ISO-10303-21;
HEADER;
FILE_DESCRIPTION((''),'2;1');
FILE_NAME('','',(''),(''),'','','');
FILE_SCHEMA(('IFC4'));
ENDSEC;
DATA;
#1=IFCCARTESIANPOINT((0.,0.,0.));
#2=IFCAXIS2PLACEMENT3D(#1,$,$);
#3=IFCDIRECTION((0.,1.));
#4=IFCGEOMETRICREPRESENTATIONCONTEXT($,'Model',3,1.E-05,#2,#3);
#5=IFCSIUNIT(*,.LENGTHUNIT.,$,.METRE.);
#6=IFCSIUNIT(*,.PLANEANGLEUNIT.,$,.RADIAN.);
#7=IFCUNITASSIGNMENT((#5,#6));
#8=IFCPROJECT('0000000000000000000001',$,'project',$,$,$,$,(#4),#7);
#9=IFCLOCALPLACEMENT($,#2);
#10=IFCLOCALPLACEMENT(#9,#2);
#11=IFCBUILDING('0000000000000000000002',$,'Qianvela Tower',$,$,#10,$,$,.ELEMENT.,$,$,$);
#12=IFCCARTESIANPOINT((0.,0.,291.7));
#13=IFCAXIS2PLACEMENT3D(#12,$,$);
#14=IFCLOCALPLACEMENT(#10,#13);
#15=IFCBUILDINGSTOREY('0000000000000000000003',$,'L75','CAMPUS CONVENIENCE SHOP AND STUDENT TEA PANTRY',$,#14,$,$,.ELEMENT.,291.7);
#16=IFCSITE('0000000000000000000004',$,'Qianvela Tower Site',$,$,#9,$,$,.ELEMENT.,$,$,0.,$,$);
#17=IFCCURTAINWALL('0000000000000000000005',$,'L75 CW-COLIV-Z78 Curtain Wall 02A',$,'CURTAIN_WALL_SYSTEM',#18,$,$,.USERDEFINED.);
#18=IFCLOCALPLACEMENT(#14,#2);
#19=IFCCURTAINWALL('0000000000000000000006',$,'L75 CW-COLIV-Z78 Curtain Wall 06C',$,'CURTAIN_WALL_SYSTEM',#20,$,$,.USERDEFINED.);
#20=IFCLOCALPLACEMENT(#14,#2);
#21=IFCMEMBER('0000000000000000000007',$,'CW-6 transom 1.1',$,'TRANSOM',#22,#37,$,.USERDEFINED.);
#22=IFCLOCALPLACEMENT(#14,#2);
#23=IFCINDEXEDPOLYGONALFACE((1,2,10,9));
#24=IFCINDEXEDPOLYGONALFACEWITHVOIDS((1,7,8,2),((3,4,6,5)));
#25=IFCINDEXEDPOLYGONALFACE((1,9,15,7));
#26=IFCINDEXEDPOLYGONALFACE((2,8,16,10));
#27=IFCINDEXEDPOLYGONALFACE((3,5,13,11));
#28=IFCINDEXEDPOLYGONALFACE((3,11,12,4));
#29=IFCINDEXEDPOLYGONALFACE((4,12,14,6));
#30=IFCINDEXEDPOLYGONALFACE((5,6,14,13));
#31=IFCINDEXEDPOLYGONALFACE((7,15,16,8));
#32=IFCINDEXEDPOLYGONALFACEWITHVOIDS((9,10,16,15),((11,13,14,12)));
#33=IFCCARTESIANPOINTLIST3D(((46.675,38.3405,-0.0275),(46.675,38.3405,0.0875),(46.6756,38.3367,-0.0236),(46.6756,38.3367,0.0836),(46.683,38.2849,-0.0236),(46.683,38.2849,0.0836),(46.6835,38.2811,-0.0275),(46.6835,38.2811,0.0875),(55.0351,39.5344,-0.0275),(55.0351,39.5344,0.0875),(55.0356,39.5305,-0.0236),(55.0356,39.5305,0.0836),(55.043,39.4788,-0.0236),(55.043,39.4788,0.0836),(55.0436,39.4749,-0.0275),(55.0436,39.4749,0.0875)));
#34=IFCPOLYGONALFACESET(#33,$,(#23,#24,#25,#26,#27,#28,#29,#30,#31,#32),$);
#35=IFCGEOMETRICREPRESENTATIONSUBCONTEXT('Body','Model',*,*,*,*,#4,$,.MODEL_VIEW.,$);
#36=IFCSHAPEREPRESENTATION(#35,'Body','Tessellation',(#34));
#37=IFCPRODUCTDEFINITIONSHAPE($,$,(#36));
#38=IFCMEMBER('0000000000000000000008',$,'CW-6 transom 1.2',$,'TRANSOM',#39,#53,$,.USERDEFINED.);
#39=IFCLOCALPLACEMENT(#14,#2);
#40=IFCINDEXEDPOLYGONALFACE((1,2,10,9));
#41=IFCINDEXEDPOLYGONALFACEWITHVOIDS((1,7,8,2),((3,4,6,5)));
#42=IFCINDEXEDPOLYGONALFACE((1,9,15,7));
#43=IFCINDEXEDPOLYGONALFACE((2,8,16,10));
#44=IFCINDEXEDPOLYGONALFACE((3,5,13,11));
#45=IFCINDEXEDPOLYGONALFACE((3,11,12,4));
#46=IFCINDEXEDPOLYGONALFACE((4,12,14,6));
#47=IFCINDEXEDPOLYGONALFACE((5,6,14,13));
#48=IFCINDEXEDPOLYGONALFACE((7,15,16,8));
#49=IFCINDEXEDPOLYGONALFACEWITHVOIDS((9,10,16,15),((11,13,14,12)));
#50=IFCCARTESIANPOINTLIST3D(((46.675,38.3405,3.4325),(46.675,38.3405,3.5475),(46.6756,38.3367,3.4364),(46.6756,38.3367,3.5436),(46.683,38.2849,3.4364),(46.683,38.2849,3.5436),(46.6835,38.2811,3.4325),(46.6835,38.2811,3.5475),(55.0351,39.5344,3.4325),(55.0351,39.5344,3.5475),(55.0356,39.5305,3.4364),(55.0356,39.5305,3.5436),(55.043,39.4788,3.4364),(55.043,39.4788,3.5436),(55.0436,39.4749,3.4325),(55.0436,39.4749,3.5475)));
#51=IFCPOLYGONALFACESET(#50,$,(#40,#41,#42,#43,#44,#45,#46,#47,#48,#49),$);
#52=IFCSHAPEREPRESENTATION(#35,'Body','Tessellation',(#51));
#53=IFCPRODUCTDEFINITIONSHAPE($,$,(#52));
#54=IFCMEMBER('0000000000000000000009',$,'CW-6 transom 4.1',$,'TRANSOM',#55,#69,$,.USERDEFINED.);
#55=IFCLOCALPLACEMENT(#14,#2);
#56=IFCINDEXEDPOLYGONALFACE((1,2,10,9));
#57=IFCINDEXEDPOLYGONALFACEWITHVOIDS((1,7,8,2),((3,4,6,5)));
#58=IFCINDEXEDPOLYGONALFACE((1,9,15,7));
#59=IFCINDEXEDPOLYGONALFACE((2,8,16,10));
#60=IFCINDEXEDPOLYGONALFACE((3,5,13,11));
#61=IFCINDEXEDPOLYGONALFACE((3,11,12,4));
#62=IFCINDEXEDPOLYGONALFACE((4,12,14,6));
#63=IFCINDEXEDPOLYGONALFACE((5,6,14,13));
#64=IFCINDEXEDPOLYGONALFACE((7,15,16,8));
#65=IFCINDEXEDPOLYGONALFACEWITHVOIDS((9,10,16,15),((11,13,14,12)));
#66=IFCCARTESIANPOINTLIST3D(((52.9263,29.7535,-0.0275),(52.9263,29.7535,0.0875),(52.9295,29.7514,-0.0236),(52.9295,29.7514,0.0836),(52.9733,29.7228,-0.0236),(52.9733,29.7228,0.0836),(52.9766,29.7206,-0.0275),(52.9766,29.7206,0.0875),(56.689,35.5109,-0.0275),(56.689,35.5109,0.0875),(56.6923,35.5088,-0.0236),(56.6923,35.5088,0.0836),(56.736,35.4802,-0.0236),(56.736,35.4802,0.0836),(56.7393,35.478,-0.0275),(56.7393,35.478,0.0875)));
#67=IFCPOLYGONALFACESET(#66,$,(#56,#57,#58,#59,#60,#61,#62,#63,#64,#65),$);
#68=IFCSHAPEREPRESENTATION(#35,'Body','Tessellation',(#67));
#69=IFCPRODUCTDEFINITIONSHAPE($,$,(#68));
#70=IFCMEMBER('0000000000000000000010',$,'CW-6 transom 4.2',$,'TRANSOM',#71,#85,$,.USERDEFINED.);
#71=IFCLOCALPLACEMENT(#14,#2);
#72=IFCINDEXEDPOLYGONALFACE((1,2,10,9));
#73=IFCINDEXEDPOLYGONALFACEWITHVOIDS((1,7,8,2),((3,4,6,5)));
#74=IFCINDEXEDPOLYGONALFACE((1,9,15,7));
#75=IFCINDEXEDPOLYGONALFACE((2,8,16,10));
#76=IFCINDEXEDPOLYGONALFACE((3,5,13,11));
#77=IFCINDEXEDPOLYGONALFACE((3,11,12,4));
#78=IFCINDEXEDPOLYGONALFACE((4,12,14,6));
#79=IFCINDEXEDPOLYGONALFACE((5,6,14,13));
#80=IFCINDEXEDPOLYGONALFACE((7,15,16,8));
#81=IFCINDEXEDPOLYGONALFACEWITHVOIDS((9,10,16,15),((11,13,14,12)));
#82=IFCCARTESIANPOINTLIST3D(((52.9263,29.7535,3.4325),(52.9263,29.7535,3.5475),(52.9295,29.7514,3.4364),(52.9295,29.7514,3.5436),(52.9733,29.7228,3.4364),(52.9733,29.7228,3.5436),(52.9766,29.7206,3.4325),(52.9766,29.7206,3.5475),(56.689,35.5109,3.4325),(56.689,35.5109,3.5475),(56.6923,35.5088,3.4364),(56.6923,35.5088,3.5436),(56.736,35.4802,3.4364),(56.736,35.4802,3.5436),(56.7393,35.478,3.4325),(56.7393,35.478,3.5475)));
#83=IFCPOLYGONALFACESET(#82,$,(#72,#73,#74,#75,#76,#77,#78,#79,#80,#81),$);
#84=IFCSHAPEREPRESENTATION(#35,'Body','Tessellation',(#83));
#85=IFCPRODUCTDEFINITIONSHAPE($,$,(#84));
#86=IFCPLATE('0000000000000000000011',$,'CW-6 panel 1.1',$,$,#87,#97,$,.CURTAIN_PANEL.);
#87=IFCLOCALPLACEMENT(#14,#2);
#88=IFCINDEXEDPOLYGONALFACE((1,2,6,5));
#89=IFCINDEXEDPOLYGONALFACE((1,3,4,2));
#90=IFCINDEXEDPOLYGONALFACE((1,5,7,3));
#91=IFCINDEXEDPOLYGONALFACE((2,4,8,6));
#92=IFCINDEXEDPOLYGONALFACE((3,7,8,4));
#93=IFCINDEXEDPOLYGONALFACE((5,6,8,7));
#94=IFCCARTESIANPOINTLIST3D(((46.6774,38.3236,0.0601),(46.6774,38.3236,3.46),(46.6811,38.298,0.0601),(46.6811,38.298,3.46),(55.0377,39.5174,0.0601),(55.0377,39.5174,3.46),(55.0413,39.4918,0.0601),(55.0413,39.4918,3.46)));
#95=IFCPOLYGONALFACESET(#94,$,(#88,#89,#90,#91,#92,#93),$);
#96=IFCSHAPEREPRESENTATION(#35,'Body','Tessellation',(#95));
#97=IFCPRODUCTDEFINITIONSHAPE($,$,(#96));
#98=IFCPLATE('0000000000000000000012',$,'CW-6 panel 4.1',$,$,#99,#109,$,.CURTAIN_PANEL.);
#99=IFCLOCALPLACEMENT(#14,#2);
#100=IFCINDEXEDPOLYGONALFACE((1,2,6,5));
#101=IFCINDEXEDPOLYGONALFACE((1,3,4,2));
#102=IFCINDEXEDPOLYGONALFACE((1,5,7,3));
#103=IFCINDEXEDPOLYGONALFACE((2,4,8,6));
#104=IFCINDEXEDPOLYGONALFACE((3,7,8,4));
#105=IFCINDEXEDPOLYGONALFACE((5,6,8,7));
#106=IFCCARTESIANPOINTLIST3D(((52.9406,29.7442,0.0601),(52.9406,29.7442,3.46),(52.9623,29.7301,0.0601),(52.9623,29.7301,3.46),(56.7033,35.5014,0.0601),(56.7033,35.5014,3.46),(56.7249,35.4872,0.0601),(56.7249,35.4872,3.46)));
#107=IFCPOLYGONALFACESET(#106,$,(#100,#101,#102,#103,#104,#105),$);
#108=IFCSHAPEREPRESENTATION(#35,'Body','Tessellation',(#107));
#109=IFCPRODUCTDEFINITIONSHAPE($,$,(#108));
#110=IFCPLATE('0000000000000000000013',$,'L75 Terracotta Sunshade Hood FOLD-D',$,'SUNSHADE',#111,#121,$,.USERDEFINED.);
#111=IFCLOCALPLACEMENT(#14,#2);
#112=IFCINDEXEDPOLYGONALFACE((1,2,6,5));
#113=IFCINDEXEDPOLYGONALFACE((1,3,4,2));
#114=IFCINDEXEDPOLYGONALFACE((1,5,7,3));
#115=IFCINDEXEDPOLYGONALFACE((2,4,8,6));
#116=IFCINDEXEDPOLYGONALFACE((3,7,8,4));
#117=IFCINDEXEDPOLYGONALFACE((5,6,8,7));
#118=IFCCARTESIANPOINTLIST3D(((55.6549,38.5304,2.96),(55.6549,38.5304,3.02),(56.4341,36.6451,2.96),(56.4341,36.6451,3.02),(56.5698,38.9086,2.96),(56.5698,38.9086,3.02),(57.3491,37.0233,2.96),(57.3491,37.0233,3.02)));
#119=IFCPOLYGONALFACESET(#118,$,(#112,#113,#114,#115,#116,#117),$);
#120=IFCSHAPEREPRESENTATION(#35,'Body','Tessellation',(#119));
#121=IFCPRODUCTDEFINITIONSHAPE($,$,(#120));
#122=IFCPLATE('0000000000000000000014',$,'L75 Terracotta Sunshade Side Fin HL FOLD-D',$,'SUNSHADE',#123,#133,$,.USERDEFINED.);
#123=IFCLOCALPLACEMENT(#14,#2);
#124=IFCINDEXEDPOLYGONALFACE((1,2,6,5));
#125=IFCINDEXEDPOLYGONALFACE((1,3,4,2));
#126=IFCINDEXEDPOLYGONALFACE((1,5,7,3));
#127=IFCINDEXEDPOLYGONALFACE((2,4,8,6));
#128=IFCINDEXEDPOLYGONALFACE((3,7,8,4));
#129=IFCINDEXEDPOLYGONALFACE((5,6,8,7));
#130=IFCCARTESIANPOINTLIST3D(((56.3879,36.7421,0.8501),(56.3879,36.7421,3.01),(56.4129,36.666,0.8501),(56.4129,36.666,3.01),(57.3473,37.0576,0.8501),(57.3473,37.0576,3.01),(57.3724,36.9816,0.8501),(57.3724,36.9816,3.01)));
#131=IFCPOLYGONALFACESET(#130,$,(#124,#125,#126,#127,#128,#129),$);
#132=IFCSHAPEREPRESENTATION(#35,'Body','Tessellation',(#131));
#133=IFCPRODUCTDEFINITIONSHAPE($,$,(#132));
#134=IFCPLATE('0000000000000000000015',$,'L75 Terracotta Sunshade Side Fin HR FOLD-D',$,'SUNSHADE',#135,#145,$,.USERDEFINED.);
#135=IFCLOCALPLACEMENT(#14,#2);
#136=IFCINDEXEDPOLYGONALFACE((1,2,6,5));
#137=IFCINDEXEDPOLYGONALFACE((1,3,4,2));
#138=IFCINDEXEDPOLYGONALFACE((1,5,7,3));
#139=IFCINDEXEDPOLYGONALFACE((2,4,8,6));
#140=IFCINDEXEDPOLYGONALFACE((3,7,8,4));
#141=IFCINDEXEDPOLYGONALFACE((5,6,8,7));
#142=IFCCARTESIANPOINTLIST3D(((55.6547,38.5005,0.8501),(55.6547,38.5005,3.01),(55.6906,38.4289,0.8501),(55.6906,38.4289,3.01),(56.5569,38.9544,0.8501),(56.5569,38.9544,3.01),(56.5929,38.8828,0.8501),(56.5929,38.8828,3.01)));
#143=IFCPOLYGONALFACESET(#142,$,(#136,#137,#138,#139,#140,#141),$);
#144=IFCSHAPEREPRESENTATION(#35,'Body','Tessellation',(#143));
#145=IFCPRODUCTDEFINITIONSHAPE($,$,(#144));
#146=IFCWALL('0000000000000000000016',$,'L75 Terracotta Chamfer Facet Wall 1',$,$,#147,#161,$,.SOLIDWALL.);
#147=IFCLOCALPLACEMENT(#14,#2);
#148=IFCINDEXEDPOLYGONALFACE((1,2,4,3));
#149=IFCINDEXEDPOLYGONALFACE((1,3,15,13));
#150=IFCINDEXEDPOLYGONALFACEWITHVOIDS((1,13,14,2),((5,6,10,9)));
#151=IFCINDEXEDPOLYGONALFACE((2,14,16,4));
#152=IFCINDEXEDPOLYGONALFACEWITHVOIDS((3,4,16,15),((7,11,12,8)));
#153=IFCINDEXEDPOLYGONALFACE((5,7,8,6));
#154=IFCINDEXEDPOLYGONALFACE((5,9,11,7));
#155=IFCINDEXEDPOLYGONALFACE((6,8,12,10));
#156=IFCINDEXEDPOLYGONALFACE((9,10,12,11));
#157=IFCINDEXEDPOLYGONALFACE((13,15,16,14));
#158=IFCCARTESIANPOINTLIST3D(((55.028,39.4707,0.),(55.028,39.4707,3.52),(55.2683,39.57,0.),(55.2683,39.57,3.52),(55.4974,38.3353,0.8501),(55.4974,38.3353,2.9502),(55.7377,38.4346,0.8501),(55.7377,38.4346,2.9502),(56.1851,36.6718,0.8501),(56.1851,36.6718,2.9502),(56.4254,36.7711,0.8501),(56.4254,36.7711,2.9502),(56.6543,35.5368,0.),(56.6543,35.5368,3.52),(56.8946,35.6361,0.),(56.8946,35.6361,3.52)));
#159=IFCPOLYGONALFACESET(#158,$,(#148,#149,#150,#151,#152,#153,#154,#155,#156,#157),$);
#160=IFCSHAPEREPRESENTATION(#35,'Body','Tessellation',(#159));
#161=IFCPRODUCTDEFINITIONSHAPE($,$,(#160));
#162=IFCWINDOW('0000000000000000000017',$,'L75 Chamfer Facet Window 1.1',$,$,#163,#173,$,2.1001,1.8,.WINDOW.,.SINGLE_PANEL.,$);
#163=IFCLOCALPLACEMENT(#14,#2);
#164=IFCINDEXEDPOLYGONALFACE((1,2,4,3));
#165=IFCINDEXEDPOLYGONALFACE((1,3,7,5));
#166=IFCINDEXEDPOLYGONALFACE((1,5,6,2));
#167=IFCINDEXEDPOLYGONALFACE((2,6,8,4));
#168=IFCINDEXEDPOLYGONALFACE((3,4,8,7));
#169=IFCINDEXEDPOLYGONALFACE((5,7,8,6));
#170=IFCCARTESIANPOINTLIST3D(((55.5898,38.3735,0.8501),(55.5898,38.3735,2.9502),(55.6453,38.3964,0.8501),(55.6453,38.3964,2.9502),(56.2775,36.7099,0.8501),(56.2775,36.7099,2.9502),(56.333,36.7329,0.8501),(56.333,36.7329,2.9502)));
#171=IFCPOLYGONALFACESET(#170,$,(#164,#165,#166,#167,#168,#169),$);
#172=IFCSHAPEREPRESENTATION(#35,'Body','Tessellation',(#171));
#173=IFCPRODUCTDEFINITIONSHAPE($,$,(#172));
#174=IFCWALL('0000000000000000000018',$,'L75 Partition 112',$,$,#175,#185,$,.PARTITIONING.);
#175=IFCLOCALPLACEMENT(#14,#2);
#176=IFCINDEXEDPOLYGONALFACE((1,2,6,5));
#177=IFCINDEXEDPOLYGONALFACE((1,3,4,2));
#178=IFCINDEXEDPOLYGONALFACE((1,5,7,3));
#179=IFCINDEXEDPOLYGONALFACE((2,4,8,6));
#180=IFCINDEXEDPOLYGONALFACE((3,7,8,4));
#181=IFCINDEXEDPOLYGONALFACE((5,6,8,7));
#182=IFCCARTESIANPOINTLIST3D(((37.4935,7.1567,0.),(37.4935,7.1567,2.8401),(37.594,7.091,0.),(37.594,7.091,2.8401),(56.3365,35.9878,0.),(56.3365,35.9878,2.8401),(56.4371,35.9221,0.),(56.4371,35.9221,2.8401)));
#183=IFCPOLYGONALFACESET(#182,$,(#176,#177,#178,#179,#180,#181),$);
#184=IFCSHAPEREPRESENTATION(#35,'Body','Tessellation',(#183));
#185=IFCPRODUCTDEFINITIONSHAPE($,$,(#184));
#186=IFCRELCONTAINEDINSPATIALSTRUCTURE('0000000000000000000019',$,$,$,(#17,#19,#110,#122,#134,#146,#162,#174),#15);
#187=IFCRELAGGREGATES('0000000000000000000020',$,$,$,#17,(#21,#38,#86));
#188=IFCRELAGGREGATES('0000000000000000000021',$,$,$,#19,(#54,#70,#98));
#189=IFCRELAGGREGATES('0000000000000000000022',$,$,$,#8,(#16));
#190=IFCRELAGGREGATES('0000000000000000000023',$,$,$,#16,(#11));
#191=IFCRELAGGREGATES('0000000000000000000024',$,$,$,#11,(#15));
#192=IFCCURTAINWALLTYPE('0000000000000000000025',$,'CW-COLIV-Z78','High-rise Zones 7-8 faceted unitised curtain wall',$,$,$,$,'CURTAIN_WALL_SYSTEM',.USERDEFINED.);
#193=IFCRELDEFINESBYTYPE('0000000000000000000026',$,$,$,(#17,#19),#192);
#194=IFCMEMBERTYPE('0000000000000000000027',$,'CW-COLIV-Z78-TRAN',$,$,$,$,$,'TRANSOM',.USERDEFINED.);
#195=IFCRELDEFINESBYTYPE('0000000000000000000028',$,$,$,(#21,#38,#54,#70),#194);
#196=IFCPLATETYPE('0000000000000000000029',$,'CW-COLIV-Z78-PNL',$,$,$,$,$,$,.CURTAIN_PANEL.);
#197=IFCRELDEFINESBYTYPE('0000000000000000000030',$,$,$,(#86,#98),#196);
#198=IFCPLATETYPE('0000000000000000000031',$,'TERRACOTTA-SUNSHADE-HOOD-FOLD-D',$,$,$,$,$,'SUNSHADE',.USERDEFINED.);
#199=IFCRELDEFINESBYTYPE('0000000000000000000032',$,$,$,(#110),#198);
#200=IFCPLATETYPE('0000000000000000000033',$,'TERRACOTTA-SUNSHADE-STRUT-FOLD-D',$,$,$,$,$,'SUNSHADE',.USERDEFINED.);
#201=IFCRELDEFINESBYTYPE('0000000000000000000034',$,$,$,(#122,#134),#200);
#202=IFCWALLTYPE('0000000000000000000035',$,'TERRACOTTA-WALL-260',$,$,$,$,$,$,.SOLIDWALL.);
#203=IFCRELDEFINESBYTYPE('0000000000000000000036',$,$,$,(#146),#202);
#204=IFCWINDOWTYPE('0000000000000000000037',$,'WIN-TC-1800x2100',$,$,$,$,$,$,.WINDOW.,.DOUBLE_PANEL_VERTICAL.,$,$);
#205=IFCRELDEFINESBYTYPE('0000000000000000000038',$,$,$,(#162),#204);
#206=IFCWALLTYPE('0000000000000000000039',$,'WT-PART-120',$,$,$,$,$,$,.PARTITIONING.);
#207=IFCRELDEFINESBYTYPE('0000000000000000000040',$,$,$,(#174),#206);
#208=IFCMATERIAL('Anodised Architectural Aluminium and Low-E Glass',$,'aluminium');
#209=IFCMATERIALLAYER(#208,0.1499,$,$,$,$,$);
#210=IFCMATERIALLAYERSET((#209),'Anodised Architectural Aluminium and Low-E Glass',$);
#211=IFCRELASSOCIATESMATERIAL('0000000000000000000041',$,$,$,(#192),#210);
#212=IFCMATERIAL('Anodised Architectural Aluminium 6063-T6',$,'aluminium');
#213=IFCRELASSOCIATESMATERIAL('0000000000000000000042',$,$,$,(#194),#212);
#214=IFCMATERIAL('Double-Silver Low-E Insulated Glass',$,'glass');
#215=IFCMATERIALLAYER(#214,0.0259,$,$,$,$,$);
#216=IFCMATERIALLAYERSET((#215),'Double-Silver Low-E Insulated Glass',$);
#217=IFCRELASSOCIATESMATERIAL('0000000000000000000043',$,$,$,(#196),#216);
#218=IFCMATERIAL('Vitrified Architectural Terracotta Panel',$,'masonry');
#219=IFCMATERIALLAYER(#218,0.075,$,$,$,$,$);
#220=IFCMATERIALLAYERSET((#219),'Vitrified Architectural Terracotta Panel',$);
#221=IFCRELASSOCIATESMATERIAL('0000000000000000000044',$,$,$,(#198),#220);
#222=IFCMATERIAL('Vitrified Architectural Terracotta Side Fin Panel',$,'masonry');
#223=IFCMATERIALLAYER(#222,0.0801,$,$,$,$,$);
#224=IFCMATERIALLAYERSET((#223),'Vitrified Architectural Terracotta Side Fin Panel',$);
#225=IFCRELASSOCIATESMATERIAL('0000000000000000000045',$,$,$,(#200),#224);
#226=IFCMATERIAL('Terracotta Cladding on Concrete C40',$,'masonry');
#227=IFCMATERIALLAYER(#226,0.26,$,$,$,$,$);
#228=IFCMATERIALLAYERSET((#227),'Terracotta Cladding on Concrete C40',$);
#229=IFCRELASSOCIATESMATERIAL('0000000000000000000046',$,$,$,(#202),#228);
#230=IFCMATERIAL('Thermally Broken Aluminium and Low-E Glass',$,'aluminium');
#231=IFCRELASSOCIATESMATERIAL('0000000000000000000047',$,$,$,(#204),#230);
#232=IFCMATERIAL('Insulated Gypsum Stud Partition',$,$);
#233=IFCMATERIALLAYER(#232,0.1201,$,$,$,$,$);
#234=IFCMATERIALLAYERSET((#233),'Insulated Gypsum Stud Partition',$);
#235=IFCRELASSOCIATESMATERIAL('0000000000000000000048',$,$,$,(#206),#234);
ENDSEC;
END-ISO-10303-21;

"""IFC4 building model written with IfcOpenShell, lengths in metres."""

from ifc_helpers import new_model, si_unit, direction, frame, frame_2d, origin, origin_2d, place, context, subcontext, project, spatial, rectangle, hollow_rectangle, extrude, material, layer, layer_set, material_profile, profile_set, type_object, element, fill, aggregate, save


model = new_model("IFC4")

# Units and contexts
model_context = context("Model", 3, precision=1e-05, world=origin(), true_north=direction((0.0, 1.0)))
body_context = subcontext(model_context, "Body", "Model", "MODEL_VIEW")
ifc_project = project(units=[si_unit("LENGTHUNIT", "METRE"), si_unit("PLANEANGLEUNIT", "RADIAN")], contexts=[model_context])

# Site, building, storey
site_placement = place(None, origin())
site = spatial("IfcSite", under=ifc_project, at=site_placement, Name="Qianvela Tower Site", CompositionType="ELEMENT", RefElevation=0.0)
building_placement = place(site_placement, origin())
building = spatial("IfcBuilding", under=site, at=building_placement, Name="Qianvela Tower", CompositionType="ELEMENT")
storey_placement = place(building_placement, frame((0.0, 0.0, 291.7)))
storey = spatial("IfcBuildingStorey", under=building, at=storey_placement, Name="L75", Description="CAMPUS CONVENIENCE SHOP AND STUDENT TEA PANTRY", CompositionType="ELEMENT", Elevation=291.7)

# Curtain walls
ifc_material_1 = material(Name="Anodised Architectural Aluminium and Low-E Glass", Category="aluminium")
ifc_layer_1 = layer(ifc_material_1, 0.1499)
ifc_layer_set_1 = layer_set([ifc_layer_1], Name="Anodised Architectural Aluminium and Low-E Glass")
curtain_wall_type = type_object("IfcCurtainWallType", Name="CW-COLIV-Z78", Description="High-rise Zones 7-8 faceted unitised curtain wall", ElementType="CURTAIN_WALL_SYSTEM", PredefinedType="USERDEFINED", material=ifc_layer_set_1)
curtain_wall_1_placement = place(storey_placement, origin())
curtain_wall_1 = element("IfcCurtainWall", 1, at=curtain_wall_1_placement, inside=storey, type_object=curtain_wall_type, Name="L75 CW-COLIV-Z78 Curtain Wall 02A", ObjectType="CURTAIN_WALL_SYSTEM", PredefinedType="USERDEFINED")
curtain_wall_2_placement = place(storey_placement, origin())
curtain_wall_2 = element("IfcCurtainWall", 2, at=curtain_wall_2_placement, inside=storey, type_object=curtain_wall_type, Name="L75 CW-COLIV-Z78 Curtain Wall 06C", ObjectType="CURTAIN_WALL_SYSTEM", PredefinedType="USERDEFINED")

# Members
ifc_material_2 = material(Name="Anodised Architectural Aluminium 6063-T6", Category="aluminium")
ifc_material_profile_1 = material_profile(ifc_material_2, hollow_rectangle(XDim=0.0601, YDim=0.115, WallThickness=0.0039, at=origin_2d()), Name="ALU-TRAN-60x115")
ifc_profile_set_1 = profile_set([ifc_material_profile_1], Name="Anodised Architectural Aluminium 6063-T6")
member_type_1 = type_object("IfcMemberType", Name="CW-COLIV-Z78-TRAN", ElementType="TRANSOM", PredefinedType="USERDEFINED", material=ifc_profile_set_1)
member_1_placement = place(storey_placement, frame((55.0393, 39.5046, 0.03), z_axis=(-0.989957, -0.141369, 0.0), x_axis=(0.141369, -0.989957, 0.0)))
member_1 = element("IfcMember", 3, at=member_1_placement, type_object=member_type_1, Name="CW-6 transom 1.1", ObjectType="TRANSOM", PredefinedType="USERDEFINED", context=body_context, shape_type="SweptSolid", body=[
    extrude(hollow_rectangle(XDim=0.0601, YDim=0.115, WallThickness=0.0039, at=origin_2d()), origin(), (0.0, 0.0, 1.0), 8.4448),
])
member_2_placement = place(storey_placement, frame((55.0393, 39.5046, 3.49), z_axis=(-0.989957, -0.141369, 0.0), x_axis=(0.141369, -0.989957, 0.0)))
member_2 = element("IfcMember", 4, at=member_2_placement, type_object=member_type_1, Name="CW-6 transom 1.2", ObjectType="TRANSOM", PredefinedType="USERDEFINED", context=body_context, shape_type="SweptSolid", body=[
    extrude(hollow_rectangle(XDim=0.0601, YDim=0.115, WallThickness=0.0039, at=origin_2d()), origin(), (0.0, 0.0, 1.0), 8.4448),
])
member_3_placement = place(storey_placement, frame((52.9514, 29.7371, 0.03), z_axis=(0.547075, 0.837083, 0.0), x_axis=(-0.837083, 0.547075, 0.0)))
member_3 = element("IfcMember", 5, at=member_3_placement, type_object=member_type_1, Name="CW-6 transom 4.1", ObjectType="TRANSOM", PredefinedType="USERDEFINED", context=body_context, shape_type="SweptSolid", body=[
    extrude(hollow_rectangle(XDim=0.0601, YDim=0.115, WallThickness=0.0039, at=origin_2d()), origin(), (0.0, 0.0, 1.0), 6.8779),
])
member_4_placement = place(storey_placement, frame((52.9514, 29.7371, 3.49), z_axis=(0.547075, 0.837083, 0.0), x_axis=(-0.837083, 0.547075, 0.0)))
member_4 = element("IfcMember", 6, at=member_4_placement, type_object=member_type_1, Name="CW-6 transom 4.2", ObjectType="TRANSOM", PredefinedType="USERDEFINED", context=body_context, shape_type="SweptSolid", body=[
    extrude(hollow_rectangle(XDim=0.0601, YDim=0.115, WallThickness=0.0039, at=origin_2d()), origin(), (0.0, 0.0, 1.0), 6.8779),
])

# Plates
ifc_material_3 = material(Name="Double-Silver Low-E Insulated Glass", Category="glass")
ifc_layer_2 = layer(ifc_material_3, 0.0259)
ifc_layer_set_2 = layer_set([ifc_layer_2], Name="Double-Silver Low-E Insulated Glass")
plate_type_1 = type_object("IfcPlateType", Name="CW-COLIV-Z78-PNL", PredefinedType="CURTAIN_PANEL", material=ifc_layer_set_2)
plate_1_placement = place(storey_placement, frame((50.8594, 38.9077, 0.0601), z_axis=(0.0, 0.0, 1.0), x_axis=(-0.989958, -0.141365, 0.0)))
plate_1 = element("IfcPlate", 7, at=plate_1_placement, type_object=plate_type_1, Name="CW-6 panel 1.1", PredefinedType="CURTAIN_PANEL", context=body_context, shape_type="SweptSolid", body=[
    extrude(rectangle(XDim=8.4451, YDim=0.0259, at=origin_2d()), origin(), (0.0, 0.0, 1.0), 3.3999),
])
aggregate(curtain_wall_1, [member_1, member_2, plate_1])
plate_2_placement = place(storey_placement, frame((54.8328, 32.6157, 0.0601), z_axis=(0.0, 0.0, 1.0), x_axis=(0.547084, 0.837078, 0.0)))
plate_2 = element("IfcPlate", 8, at=plate_2_placement, type_object=plate_type_1, Name="CW-6 panel 4.1", PredefinedType="CURTAIN_PANEL", context=body_context, shape_type="SweptSolid", body=[
    extrude(rectangle(XDim=6.8777, YDim=0.0259, at=origin_2d()), origin(), (0.0, 0.0, 1.0), 3.3999),
])
aggregate(curtain_wall_2, [member_3, member_4, plate_2])

# Plates
ifc_material_4 = material(Name="Vitrified Architectural Terracotta Panel", Category="masonry")
ifc_layer_3 = layer(ifc_material_4, 0.075)
ifc_layer_set_3 = layer_set([ifc_layer_3], Name="Vitrified Architectural Terracotta Panel")
plate_type_2 = type_object("IfcPlateType", Name="TERRACOTTA-SUNSHADE-HOOD-FOLD-D", ElementType="SUNSHADE", PredefinedType="USERDEFINED", material=ifc_layer_set_3)
plate_3_placement = place(storey_placement, frame((56.502, 37.7769, 2.96), z_axis=(0.0, 0.0, 1.0), x_axis=(-0.381995, 0.924164, 0.0)))
element("IfcPlate", 9, at=plate_3_placement, inside=storey, type_object=plate_type_2, Name="L75 Terracotta Sunshade Hood FOLD-D", ObjectType="SUNSHADE", PredefinedType="USERDEFINED", context=body_context, shape_type="SweptSolid", body=[
    extrude(rectangle(XDim=2.04, YDim=0.99, at=origin_2d()), origin(), (0.0, 0.0, 1.0), 0.0601),
])
ifc_material_5 = material(Name="Vitrified Architectural Terracotta Side Fin Panel", Category="masonry")
ifc_layer_4 = layer(ifc_material_5, 0.0801)
ifc_layer_set_4 = layer_set([ifc_layer_4], Name="Vitrified Architectural Terracotta Side Fin Panel")
plate_type_3 = type_object("IfcPlateType", Name="TERRACOTTA-SUNSHADE-STRUT-FOLD-D", ElementType="SUNSHADE", PredefinedType="USERDEFINED", material=ifc_layer_set_4)
for number, where, z_axis, x_axis, name in (
    (10, (56.8801, 36.8618, 0.8501), (0.0, 0.0, 1.0), (-0.312456, 0.949932, 0.0), "L75 Terracotta Sunshade Side Fin HL FOLD-D"),
    (11, (56.1238, 38.6917, 0.8501), (0.0, 0.0, 1.0), (-0.449433, 0.893314, 0.0), "L75 Terracotta Sunshade Side Fin HR FOLD-D"),
):
    element("IfcPlate", number, at=place(storey_placement, frame(where, z_axis=z_axis, x_axis=x_axis)), inside=storey, type_object=plate_type_3, Name=name, ObjectType="SUNSHADE", PredefinedType="USERDEFINED", context=body_context, shape_type="SweptSolid", body=[
        extrude(rectangle(XDim=0.0801, YDim=1.01, at=origin_2d()), origin(), (0.0, 0.0, 1.0), 2.1599),
    ])

# Wall, opening, window
ifc_material_6 = material(Name="Terracotta Cladding on Concrete C40", Category="masonry")
ifc_layer_5 = layer(ifc_material_6, 0.26)
ifc_layer_set_5 = layer_set([ifc_layer_5], Name="Terracotta Cladding on Concrete C40")
wall_type_1 = type_object("IfcWallType", Name="TERRACOTTA-WALL-260", PredefinedType="SOLIDWALL", material=ifc_layer_set_5)
wall_1_placement = place(storey_placement, frame((56.7744, 35.5864, 0.0), z_axis=(0.0, 0.0, 1.0), x_axis=(-0.382036, 0.924147, 0.0)))
wall_1 = element("IfcWall", 12, at=wall_1_placement, inside=storey, type_object=wall_type_1, Name="L75 Terracotta Chamfer Facet Wall 1", PredefinedType="SOLIDWALL", context=body_context, shape_type="SweptSolid", body=[
    extrude(rectangle(XDim=4.2568, YDim=0.26, at=frame_2d((2.1284, 0.0))), origin(), (0.0, 0.0, 1.0), 3.52),
])
opening_placement = place(wall_1_placement, frame((1.2283, 0.0, 0.8501)))
opening = element("IfcOpeningElement", 13, at=opening_placement, cuts=wall_1, PredefinedType="OPENING", context=body_context, shape_type="SweptSolid", body=[
    extrude(rectangle(XDim=1.8, YDim=2.1001, at=frame_2d((0.8999, 1.05))), frame((0.0, 0.1399, 0.0), z_axis=(0.0, -1.0, 0.0), x_axis=(1.0, 0.0, 0.0)), (0.0, 0.0, 1.0), 0.28),
])
ifc_material_7 = material(Name="Thermally Broken Aluminium and Low-E Glass", Category="aluminium")
window_type = type_object("IfcWindowType", Name="WIN-TC-1800x2100", PartitioningType="DOUBLE_PANEL_VERTICAL", PredefinedType="WINDOW", material=ifc_material_7)
window_placement = place(opening_placement, origin())
window = element("IfcWindow", 14, at=window_placement, inside=storey, type_object=window_type, Name="L75 Chamfer Facet Window 1.1", OverallHeight=2.1001, OverallWidth=1.8, PartitioningType="SINGLE_PANEL", PredefinedType="WINDOW", context=body_context, shape_type="SweptSolid", body=[
    extrude(rectangle(XDim=1.8, YDim=2.1001, at=frame_2d((0.8999, 1.05))), frame((0.0, 0.03, 0.0), z_axis=(0.0, -1.0, 0.0), x_axis=(1.0, 0.0, 0.0)), (0.0, 0.0, 1.0), 0.0601),
])
fill(opening, window)

# Wall
ifc_material_8 = material(Name="Insulated Gypsum Stud Partition")
ifc_layer_6 = layer(ifc_material_8, 0.1201)
ifc_layer_set_6 = layer_set([ifc_layer_6], Name="Insulated Gypsum Stud Partition")
wall_type_2 = type_object("IfcWallType", Name="WT-PART-120", PredefinedType="PARTITIONING", material=ifc_layer_set_6)
wall_2_placement = place(storey_placement, frame((56.3867, 35.9548, 0.0), z_axis=(0.0, 0.0, 1.0), x_axis=(-0.547085, -0.837077, 0.0)))
element("IfcWall", 15, at=wall_2_placement, inside=storey, type_object=wall_type_2, Name="L75 Partition 112", PredefinedType="PARTITIONING", context=body_context, shape_type="SweptSolid", body=[
    extrude(rectangle(XDim=34.4426, YDim=0.1201, at=frame_2d((17.2212, 0.0))), origin(), (0.0, 0.0, 1.0), 2.8401),
])

save(model, "model.ifc")
